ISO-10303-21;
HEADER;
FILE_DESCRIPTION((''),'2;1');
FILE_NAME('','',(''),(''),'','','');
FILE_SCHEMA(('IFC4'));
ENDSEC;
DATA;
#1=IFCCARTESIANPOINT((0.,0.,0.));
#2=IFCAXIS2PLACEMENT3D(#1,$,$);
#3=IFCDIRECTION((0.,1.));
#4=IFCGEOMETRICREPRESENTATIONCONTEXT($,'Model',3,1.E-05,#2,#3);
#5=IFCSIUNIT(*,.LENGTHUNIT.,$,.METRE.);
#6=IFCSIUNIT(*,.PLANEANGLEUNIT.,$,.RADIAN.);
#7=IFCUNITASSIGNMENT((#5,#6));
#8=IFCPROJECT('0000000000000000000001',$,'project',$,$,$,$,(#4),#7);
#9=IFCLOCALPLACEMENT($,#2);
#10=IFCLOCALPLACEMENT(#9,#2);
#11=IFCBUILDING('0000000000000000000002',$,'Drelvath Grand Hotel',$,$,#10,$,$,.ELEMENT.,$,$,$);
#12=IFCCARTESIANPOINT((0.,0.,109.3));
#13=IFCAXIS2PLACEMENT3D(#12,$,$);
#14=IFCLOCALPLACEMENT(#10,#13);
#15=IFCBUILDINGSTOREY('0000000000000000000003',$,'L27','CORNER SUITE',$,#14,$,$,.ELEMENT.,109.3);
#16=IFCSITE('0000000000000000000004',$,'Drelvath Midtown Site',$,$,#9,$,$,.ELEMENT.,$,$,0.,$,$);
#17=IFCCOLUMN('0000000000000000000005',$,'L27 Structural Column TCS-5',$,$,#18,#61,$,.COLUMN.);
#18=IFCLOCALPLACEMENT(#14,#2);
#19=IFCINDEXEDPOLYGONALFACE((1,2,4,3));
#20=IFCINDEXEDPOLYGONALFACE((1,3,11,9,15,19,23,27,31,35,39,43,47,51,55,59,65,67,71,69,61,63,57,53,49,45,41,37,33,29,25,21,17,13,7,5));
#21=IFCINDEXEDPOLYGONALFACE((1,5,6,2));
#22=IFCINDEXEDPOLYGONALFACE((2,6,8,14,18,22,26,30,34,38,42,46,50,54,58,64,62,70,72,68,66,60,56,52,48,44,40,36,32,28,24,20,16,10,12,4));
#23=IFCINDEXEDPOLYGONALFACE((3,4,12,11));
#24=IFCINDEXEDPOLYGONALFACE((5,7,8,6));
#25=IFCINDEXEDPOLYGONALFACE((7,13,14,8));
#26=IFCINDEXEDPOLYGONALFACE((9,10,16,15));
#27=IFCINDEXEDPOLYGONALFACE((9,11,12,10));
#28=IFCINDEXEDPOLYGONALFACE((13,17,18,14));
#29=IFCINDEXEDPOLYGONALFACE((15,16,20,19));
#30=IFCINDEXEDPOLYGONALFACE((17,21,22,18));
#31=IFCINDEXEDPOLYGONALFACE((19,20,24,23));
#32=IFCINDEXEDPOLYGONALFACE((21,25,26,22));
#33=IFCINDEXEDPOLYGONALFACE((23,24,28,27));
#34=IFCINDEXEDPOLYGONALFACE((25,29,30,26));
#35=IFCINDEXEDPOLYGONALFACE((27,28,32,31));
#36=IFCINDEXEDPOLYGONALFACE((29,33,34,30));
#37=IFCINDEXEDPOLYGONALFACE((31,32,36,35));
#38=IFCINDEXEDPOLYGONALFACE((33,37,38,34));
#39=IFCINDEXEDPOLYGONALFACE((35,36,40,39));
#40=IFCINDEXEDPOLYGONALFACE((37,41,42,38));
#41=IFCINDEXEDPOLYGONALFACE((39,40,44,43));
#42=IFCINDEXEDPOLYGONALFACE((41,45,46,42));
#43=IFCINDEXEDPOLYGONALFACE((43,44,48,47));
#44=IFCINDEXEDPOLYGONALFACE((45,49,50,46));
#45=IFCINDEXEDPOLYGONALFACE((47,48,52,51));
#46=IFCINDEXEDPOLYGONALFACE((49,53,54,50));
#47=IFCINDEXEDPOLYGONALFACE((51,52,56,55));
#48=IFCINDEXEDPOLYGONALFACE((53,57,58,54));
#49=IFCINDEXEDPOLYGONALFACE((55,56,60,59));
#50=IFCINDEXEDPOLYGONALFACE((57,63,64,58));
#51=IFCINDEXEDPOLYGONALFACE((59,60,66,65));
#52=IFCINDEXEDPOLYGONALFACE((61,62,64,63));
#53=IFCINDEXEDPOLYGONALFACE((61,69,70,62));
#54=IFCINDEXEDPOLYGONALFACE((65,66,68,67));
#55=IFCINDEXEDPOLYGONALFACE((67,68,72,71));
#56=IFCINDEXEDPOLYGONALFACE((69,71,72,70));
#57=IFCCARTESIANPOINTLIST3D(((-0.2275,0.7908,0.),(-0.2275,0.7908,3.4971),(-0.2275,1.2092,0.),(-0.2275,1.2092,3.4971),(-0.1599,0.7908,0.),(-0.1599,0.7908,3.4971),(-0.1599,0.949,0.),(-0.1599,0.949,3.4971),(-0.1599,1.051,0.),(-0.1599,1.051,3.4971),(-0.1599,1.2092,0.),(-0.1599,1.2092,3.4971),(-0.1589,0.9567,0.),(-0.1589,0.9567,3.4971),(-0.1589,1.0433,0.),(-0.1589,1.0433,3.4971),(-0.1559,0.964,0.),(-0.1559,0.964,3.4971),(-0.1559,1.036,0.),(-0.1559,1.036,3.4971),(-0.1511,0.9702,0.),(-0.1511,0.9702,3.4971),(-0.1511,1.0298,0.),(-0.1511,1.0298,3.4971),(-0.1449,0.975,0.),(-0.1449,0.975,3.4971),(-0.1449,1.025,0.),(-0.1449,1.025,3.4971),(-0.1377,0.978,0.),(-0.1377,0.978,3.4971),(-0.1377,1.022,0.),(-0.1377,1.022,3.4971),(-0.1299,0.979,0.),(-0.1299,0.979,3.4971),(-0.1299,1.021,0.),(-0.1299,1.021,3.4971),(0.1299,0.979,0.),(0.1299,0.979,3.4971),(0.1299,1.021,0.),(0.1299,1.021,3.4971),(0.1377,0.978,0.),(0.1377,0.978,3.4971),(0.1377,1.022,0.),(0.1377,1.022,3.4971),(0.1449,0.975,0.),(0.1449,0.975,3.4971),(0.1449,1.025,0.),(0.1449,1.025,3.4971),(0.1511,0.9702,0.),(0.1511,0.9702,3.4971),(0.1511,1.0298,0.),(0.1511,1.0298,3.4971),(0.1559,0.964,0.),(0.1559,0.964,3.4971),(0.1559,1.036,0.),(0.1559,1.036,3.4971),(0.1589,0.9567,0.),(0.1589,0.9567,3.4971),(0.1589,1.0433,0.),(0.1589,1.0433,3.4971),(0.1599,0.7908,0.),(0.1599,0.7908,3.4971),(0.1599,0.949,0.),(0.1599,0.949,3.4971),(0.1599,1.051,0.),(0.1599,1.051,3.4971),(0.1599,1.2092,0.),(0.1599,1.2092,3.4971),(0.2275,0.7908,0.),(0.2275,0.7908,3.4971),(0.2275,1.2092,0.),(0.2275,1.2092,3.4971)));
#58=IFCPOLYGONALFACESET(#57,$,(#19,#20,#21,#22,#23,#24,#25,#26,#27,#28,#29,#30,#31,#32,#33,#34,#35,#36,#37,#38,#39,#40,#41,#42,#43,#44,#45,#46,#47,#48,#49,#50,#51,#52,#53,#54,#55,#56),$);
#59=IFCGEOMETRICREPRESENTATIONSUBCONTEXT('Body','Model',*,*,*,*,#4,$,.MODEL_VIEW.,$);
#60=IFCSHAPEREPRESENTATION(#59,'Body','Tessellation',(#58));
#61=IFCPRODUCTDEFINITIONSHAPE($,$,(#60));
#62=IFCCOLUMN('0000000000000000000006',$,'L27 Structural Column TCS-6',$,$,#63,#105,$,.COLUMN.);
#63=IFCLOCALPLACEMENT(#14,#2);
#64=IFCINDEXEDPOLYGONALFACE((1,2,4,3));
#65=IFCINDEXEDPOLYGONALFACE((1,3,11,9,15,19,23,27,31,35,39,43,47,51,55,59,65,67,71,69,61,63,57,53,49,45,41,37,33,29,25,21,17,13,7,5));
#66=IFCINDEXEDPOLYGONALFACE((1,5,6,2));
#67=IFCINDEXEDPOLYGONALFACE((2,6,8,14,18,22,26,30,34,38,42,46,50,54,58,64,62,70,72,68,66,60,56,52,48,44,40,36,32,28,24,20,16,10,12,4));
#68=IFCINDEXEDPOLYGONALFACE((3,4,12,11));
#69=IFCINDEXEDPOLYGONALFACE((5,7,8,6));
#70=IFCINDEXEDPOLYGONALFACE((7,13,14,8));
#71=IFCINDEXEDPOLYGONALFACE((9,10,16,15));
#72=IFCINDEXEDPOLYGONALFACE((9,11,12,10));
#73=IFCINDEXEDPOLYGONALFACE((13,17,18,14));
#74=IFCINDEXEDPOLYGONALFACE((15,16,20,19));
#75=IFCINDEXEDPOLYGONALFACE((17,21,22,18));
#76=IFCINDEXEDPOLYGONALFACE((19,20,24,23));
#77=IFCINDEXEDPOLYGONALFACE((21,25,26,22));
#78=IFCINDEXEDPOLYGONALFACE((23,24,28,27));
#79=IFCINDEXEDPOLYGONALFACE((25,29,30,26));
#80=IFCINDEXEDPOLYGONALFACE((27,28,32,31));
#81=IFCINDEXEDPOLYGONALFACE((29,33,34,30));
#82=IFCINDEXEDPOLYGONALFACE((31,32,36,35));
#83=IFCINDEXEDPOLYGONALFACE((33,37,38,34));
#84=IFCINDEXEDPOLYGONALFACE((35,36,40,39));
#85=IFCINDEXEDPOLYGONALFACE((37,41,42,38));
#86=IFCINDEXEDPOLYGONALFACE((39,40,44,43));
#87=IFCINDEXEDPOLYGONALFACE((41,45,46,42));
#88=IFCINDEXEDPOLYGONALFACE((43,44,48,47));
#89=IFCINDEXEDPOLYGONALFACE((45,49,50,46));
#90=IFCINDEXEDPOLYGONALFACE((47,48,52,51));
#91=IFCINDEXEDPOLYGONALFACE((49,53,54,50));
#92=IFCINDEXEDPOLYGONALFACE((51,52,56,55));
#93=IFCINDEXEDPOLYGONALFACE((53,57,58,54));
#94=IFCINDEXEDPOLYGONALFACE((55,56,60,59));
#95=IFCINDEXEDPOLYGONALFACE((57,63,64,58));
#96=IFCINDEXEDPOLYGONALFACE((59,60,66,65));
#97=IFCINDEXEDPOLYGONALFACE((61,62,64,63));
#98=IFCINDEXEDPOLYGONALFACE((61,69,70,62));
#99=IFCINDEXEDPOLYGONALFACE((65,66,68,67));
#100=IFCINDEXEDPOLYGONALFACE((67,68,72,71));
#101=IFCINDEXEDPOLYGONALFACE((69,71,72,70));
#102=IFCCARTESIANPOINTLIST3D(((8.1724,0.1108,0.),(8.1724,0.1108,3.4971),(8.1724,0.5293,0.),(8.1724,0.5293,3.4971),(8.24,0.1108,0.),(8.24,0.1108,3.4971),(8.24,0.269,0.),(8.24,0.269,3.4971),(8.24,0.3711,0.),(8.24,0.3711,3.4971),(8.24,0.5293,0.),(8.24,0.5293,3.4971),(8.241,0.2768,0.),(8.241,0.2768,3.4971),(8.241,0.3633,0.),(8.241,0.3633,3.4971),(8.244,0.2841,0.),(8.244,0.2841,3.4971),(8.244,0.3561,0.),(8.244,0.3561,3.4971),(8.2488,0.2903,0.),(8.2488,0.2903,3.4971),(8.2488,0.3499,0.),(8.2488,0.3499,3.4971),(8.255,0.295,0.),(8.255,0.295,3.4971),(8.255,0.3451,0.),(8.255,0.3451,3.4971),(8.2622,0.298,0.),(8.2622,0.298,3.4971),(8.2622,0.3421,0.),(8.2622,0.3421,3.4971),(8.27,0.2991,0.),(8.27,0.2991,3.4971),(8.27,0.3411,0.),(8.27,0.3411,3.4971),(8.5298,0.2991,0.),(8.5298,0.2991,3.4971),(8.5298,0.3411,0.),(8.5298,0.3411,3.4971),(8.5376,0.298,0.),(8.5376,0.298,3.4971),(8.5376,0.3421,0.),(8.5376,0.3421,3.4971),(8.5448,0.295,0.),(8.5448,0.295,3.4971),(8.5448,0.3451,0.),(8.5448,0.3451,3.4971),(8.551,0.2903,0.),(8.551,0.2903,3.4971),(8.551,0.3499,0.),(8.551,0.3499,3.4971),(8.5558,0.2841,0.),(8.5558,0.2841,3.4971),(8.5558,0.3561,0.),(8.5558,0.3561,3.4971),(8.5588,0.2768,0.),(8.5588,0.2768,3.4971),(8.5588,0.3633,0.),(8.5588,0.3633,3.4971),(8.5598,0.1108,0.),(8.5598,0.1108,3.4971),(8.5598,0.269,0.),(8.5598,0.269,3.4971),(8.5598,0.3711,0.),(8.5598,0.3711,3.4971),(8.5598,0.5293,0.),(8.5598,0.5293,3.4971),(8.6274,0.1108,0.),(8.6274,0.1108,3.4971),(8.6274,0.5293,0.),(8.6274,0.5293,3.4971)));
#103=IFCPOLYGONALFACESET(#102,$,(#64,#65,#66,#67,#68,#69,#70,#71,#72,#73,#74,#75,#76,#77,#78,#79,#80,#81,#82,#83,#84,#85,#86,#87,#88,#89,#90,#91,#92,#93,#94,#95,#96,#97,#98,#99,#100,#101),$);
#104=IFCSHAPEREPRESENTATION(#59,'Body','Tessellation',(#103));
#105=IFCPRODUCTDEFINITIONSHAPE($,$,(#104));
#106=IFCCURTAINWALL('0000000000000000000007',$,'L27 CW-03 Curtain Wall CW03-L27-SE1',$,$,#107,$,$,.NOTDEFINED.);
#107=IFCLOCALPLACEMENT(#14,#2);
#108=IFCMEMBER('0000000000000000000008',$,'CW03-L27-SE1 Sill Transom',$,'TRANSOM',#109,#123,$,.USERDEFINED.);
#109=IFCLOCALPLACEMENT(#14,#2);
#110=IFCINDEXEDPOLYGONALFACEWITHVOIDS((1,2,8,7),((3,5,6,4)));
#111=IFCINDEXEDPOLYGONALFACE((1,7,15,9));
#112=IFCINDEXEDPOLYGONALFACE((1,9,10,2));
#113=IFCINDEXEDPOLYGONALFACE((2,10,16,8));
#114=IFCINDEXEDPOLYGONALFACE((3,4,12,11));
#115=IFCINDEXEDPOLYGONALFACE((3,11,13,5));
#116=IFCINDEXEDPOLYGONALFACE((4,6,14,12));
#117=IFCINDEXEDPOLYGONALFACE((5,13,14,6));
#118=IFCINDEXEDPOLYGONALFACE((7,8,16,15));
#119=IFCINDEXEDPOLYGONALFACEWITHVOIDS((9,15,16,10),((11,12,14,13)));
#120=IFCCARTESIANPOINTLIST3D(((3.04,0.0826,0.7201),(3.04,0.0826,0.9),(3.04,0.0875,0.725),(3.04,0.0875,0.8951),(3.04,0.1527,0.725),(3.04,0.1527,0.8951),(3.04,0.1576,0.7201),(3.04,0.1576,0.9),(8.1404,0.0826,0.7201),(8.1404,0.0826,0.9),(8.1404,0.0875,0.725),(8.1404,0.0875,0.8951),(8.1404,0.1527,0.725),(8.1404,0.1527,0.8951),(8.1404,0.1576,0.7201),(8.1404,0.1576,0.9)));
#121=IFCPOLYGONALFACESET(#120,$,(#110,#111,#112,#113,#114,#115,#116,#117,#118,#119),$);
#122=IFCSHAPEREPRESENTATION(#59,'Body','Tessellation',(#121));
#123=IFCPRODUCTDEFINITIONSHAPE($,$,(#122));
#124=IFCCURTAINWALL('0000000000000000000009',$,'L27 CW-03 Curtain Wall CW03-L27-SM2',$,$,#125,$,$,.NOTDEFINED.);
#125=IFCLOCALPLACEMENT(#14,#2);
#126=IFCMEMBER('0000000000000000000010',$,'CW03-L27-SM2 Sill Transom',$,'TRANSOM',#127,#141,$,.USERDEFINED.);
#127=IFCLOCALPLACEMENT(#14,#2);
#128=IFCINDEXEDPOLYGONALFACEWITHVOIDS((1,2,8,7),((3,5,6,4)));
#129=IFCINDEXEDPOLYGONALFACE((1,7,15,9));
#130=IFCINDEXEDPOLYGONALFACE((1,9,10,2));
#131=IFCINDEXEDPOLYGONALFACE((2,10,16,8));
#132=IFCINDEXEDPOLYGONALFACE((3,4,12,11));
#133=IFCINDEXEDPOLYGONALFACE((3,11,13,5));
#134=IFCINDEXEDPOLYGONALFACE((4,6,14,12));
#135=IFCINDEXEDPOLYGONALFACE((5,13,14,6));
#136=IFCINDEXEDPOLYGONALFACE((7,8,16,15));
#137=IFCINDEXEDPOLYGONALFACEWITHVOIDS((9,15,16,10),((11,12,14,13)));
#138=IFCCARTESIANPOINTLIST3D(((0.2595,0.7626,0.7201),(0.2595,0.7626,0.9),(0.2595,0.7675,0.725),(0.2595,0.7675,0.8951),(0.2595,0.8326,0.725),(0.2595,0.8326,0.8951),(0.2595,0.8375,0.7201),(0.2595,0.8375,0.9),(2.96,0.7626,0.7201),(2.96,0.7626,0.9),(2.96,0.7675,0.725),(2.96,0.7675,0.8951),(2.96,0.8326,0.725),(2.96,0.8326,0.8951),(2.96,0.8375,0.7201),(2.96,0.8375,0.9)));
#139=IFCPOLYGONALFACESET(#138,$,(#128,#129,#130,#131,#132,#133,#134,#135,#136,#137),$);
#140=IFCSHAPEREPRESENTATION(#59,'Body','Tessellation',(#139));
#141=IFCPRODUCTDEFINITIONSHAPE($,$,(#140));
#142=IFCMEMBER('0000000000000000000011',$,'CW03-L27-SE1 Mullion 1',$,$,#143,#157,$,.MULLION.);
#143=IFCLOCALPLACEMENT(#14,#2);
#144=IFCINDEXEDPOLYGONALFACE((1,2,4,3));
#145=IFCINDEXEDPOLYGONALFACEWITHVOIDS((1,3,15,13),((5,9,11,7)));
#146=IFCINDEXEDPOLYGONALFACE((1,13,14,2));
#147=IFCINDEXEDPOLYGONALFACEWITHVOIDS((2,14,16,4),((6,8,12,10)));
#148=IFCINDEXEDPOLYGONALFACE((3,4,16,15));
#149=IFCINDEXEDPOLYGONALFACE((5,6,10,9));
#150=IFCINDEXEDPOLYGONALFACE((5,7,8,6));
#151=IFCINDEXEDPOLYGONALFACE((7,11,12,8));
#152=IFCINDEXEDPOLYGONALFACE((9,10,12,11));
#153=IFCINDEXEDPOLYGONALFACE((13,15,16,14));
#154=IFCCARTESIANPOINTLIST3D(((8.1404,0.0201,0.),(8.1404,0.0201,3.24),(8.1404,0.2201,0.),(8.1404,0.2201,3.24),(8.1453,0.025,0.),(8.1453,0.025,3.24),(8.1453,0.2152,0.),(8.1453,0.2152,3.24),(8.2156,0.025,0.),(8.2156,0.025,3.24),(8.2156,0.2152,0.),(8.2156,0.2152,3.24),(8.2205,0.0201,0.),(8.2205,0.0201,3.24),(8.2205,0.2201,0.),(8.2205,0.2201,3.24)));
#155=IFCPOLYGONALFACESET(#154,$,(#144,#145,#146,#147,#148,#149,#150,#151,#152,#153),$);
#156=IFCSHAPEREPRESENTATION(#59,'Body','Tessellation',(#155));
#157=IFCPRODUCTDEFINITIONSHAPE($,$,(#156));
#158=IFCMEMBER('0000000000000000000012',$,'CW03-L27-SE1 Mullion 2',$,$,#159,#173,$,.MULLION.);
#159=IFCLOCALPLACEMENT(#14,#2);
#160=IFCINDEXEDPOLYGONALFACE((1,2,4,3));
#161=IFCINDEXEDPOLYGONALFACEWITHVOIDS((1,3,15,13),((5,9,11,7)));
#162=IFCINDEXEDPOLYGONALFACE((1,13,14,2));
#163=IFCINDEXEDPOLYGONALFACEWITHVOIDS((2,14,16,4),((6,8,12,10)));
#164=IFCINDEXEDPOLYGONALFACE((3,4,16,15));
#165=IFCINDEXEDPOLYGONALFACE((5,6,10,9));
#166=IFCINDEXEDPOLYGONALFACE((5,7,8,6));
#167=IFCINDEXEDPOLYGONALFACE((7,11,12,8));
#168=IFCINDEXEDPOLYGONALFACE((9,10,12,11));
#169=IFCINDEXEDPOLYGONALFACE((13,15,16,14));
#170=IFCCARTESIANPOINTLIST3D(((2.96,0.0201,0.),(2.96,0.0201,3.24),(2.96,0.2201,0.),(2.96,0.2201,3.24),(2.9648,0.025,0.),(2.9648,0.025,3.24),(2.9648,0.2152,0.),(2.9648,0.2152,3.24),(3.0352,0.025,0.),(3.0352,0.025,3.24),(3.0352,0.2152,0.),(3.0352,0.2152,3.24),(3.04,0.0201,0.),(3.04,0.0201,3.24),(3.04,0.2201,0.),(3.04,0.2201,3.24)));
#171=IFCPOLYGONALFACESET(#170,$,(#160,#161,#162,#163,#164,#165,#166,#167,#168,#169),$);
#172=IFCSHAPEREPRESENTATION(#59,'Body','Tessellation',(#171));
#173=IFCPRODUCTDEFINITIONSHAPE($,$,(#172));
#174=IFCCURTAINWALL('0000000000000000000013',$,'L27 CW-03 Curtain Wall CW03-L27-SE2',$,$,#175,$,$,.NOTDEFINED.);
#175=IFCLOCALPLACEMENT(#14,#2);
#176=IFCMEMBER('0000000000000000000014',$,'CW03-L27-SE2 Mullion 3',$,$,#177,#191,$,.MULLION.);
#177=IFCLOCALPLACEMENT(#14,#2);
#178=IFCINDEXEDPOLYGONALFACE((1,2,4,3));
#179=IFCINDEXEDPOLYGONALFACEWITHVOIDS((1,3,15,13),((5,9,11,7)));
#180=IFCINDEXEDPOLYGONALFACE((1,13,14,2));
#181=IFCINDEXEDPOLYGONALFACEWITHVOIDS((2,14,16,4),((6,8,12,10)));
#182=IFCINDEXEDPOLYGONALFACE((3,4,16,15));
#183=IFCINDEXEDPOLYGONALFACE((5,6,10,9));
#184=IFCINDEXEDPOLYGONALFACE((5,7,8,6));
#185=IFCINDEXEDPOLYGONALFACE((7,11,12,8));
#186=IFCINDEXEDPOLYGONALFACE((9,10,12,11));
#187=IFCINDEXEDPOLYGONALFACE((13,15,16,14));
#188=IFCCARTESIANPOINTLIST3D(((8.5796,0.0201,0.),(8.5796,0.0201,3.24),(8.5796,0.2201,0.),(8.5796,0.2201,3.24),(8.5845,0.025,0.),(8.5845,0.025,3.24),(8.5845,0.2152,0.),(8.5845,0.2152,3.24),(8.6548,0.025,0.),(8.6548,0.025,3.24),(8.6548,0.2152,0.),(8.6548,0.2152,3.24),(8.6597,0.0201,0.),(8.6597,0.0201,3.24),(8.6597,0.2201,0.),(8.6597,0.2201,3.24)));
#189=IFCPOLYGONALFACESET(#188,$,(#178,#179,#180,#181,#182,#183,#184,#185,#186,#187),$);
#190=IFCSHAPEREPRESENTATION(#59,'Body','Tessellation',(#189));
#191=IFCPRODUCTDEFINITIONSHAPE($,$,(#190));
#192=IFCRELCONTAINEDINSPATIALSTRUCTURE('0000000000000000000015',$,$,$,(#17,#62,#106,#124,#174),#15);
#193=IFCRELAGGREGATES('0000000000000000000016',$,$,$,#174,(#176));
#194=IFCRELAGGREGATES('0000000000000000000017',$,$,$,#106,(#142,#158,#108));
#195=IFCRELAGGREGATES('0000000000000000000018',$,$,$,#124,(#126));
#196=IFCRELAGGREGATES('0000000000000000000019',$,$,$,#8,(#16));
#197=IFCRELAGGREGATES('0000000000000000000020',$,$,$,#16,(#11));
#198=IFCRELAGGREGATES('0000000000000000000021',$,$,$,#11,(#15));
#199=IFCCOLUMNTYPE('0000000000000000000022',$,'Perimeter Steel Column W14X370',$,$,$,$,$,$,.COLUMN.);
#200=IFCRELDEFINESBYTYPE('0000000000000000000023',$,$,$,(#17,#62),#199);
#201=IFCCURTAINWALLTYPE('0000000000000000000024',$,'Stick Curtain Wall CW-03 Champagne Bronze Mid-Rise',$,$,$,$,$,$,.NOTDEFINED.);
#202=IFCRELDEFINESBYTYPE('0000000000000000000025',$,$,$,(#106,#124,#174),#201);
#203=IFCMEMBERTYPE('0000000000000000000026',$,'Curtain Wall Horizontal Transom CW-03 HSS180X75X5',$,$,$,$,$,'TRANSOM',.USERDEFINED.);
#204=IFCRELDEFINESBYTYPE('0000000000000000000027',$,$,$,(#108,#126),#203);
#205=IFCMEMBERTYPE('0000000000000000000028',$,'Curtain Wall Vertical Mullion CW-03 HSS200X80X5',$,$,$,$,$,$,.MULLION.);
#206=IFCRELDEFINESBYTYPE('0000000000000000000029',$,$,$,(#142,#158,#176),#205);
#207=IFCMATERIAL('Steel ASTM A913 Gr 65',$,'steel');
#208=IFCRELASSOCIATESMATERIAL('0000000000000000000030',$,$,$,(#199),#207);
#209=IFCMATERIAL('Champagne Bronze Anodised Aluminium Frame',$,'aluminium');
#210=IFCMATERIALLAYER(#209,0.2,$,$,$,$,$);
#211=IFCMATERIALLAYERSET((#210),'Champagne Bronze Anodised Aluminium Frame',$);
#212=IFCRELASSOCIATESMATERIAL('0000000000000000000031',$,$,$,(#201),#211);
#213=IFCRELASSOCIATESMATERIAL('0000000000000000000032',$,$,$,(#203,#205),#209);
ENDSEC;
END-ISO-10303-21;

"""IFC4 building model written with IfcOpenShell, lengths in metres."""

from ifc_helpers import new_model, si_unit, direction, frame, origin, origin_2d, place, context, subcontext, project, spatial, hollow_rectangle, i_section, extrude, material, layer, layer_set, material_profile, profile_set, type_object, element, aggregate, save


model = new_model("IFC4")

# Units and contexts
model_context = context("Model", 3, precision=1e-05, world=origin(), true_north=direction((0.0, 1.0)))
body_context = subcontext(model_context, "Body", "Model", "MODEL_VIEW")
ifc_project = project(units=[si_unit("LENGTHUNIT", "METRE"), si_unit("PLANEANGLEUNIT", "RADIAN")], contexts=[model_context])

# Site, building, storey
site_placement = place(None, origin())
site = spatial("IfcSite", under=ifc_project, at=site_placement, Name="Drelvath Midtown Site", CompositionType="ELEMENT", RefElevation=0.0)
building_placement = place(site_placement, origin())
building = spatial("IfcBuilding", under=site, at=building_placement, Name="Drelvath Grand Hotel", CompositionType="ELEMENT")
storey_placement = place(building_placement, frame((0.0, 0.0, 109.3)))
storey = spatial("IfcBuildingStorey", under=building, at=storey_placement, Name="L27", Description="CORNER SUITE", CompositionType="ELEMENT", Elevation=109.3)

# Columns
ifc_material_1 = material(Name="Steel ASTM A913 Gr 65", Category="steel")
ifc_material_profile_1 = material_profile(ifc_material_1, i_section(OverallWidth=0.4185, OverallDepth=0.4551, WebThickness=0.042, FlangeThickness=0.0676, FilletRadius=0.03, at=origin_2d()), Name="W14X370")
ifc_profile_set_1 = profile_set([ifc_material_profile_1], Name="Steel ASTM A913 Gr 65")
column_type = type_object("IfcColumnType", Name="Perimeter Steel Column W14X370", PredefinedType="COLUMN", material=ifc_profile_set_1)
for number, where, z_axis, x_axis, name in (
    (1, (0.0, 1.0, 0.0), (0.0, 0.0, 1.0), (0.0, 1.0, 0.0), "L27 Structural Column TCS-5"),
    (2, (8.3999, 0.3201, 0.0), (0.0, 0.0, 1.0), (0.0, 1.0, 0.0), "L27 Structural Column TCS-6"),
):
    element("IfcColumn", number, at=place(storey_placement, frame(where, z_axis=z_axis, x_axis=x_axis)), inside=storey, type_object=column_type, Name=name, PredefinedType="COLUMN", context=body_context, shape_type="SweptSolid", body=[
        extrude(i_section(OverallWidth=0.4185, OverallDepth=0.4551, WebThickness=0.042, FlangeThickness=0.0676, FilletRadius=0.03, at=origin_2d()), origin(), (0.0, 0.0, 1.0), 3.4971),
    ])

# Curtain walls, members
ifc_material_2 = material(Name="Champagne Bronze Anodised Aluminium Frame", Category="aluminium")
ifc_layer_1 = layer(ifc_material_2, 0.2)
ifc_layer_set_1 = layer_set([ifc_layer_1], Name="Champagne Bronze Anodised Aluminium Frame")
curtain_wall_type = type_object("IfcCurtainWallType", Name="Stick Curtain Wall CW-03 Champagne Bronze Mid-Rise", PredefinedType="NOTDEFINED", material=ifc_layer_set_1)
curtain_wall_1_placement = place(storey_placement, origin())
curtain_wall_1 = element("IfcCurtainWall", 3, at=curtain_wall_1_placement, inside=storey, type_object=curtain_wall_type, Name="L27 CW-03 Curtain Wall CW03-L27-SE1", PredefinedType="NOTDEFINED")
ifc_material_profile_2 = material_profile(ifc_material_2, hollow_rectangle(XDim=0.075, YDim=0.1799, WallThickness=0.0049, at=origin_2d()), Name="HSS180X75X5")
ifc_profile_set_2 = profile_set([ifc_material_profile_2], Name="Champagne Bronze Anodised Aluminium Frame")
member_type_1 = type_object("IfcMemberType", Name="Curtain Wall Horizontal Transom CW-03 HSS180X75X5", ElementType="TRANSOM", PredefinedType="USERDEFINED", material=ifc_profile_set_2)
member_1_placement = place(storey_placement, frame((8.1404, 0.1201, 0.8101), z_axis=(-1.0, 0.0, 0.0), x_axis=(0.0, -1.0, 0.0)))
member_1 = element("IfcMember", 4, at=member_1_placement, type_object=member_type_1, Name="CW03-L27-SE1 Sill Transom", ObjectType="TRANSOM", PredefinedType="USERDEFINED", context=body_context, shape_type="SweptSolid", body=[
    extrude(hollow_rectangle(XDim=0.075, YDim=0.1799, WallThickness=0.0049, at=origin_2d()), origin(), (0.0, 0.0, 1.0), 5.1003),
])
curtain_wall_2_placement = place(storey_placement, origin())
curtain_wall_2 = element("IfcCurtainWall", 5, at=curtain_wall_2_placement, inside=storey, type_object=curtain_wall_type, Name="L27 CW-03 Curtain Wall CW03-L27-SM2", PredefinedType="NOTDEFINED")
member_2_placement = place(storey_placement, frame((2.96, 0.8, 0.8101), z_axis=(-1.0, 0.0, 0.0), x_axis=(0.0, -1.0, 0.0)))
member_2 = element("IfcMember", 6, at=member_2_placement, type_object=member_type_1, Name="CW03-L27-SM2 Sill Transom", ObjectType="TRANSOM", PredefinedType="USERDEFINED", context=body_context, shape_type="SweptSolid", body=[
    extrude(hollow_rectangle(XDim=0.075, YDim=0.1799, WallThickness=0.0049, at=origin_2d()), origin(), (0.0, 0.0, 1.0), 2.7004),
])

# Members
ifc_material_profile_3 = material_profile(ifc_material_2, hollow_rectangle(XDim=0.0801, YDim=0.2, WallThickness=0.0049, at=origin_2d()), Name="HSS200X80X5")
ifc_profile_set_3 = profile_set([ifc_material_profile_3], Name="Champagne Bronze Anodised Aluminium Frame")
member_type_2 = type_object("IfcMemberType", Name="Curtain Wall Vertical Mullion CW-03 HSS200X80X5", PredefinedType="MULLION", material=ifc_profile_set_3)
member_3_placement = place(storey_placement, frame((8.1804, 0.1201, 0.0), z_axis=(0.0, 0.0, 1.0), x_axis=(1.0, 0.0, 0.0)))
member_3 = element("IfcMember", 7, at=member_3_placement, type_object=member_type_2, Name="CW03-L27-SE1 Mullion 1", PredefinedType="MULLION", context=body_context, shape_type="SweptSolid", body=[
    extrude(hollow_rectangle(XDim=0.0801, YDim=0.2, WallThickness=0.0049, at=origin_2d()), origin(), (0.0, 0.0, 1.0), 3.24),
])
member_4_placement = place(storey_placement, frame((3.0, 0.1201, 0.0), z_axis=(0.0, 0.0, 1.0), x_axis=(1.0, 0.0, 0.0)))
member_4 = element("IfcMember", 8, at=member_4_placement, type_object=member_type_2, Name="CW03-L27-SE1 Mullion 2", PredefinedType="MULLION", context=body_context, shape_type="SweptSolid", body=[
    extrude(hollow_rectangle(XDim=0.0801, YDim=0.2, WallThickness=0.0049, at=origin_2d()), origin(), (0.0, 0.0, 1.0), 3.24),
])

# Curtain wall, member
curtain_wall_3_placement = place(storey_placement, origin())
curtain_wall_3 = element("IfcCurtainWall", 9, at=curtain_wall_3_placement, inside=storey, type_object=curtain_wall_type, Name="L27 CW-03 Curtain Wall CW03-L27-SE2", PredefinedType="NOTDEFINED")
member_5_placement = place(storey_placement, frame((8.6196, 0.1201, 0.0), z_axis=(0.0, 0.0, 1.0), x_axis=(1.0, 0.0, 0.0)))
member_5 = element("IfcMember", 10, at=member_5_placement, type_object=member_type_2, Name="CW03-L27-SE2 Mullion 3", PredefinedType="MULLION", context=body_context, shape_type="SweptSolid", body=[
    extrude(hollow_rectangle(XDim=0.0801, YDim=0.2, WallThickness=0.0049, at=origin_2d()), origin(), (0.0, 0.0, 1.0), 3.24),
])
aggregate(curtain_wall_3, [member_5])

aggregate(curtain_wall_1, [member_3, member_4, member_1])
aggregate(curtain_wall_2, [member_2])

save(model, "model.ifc")
